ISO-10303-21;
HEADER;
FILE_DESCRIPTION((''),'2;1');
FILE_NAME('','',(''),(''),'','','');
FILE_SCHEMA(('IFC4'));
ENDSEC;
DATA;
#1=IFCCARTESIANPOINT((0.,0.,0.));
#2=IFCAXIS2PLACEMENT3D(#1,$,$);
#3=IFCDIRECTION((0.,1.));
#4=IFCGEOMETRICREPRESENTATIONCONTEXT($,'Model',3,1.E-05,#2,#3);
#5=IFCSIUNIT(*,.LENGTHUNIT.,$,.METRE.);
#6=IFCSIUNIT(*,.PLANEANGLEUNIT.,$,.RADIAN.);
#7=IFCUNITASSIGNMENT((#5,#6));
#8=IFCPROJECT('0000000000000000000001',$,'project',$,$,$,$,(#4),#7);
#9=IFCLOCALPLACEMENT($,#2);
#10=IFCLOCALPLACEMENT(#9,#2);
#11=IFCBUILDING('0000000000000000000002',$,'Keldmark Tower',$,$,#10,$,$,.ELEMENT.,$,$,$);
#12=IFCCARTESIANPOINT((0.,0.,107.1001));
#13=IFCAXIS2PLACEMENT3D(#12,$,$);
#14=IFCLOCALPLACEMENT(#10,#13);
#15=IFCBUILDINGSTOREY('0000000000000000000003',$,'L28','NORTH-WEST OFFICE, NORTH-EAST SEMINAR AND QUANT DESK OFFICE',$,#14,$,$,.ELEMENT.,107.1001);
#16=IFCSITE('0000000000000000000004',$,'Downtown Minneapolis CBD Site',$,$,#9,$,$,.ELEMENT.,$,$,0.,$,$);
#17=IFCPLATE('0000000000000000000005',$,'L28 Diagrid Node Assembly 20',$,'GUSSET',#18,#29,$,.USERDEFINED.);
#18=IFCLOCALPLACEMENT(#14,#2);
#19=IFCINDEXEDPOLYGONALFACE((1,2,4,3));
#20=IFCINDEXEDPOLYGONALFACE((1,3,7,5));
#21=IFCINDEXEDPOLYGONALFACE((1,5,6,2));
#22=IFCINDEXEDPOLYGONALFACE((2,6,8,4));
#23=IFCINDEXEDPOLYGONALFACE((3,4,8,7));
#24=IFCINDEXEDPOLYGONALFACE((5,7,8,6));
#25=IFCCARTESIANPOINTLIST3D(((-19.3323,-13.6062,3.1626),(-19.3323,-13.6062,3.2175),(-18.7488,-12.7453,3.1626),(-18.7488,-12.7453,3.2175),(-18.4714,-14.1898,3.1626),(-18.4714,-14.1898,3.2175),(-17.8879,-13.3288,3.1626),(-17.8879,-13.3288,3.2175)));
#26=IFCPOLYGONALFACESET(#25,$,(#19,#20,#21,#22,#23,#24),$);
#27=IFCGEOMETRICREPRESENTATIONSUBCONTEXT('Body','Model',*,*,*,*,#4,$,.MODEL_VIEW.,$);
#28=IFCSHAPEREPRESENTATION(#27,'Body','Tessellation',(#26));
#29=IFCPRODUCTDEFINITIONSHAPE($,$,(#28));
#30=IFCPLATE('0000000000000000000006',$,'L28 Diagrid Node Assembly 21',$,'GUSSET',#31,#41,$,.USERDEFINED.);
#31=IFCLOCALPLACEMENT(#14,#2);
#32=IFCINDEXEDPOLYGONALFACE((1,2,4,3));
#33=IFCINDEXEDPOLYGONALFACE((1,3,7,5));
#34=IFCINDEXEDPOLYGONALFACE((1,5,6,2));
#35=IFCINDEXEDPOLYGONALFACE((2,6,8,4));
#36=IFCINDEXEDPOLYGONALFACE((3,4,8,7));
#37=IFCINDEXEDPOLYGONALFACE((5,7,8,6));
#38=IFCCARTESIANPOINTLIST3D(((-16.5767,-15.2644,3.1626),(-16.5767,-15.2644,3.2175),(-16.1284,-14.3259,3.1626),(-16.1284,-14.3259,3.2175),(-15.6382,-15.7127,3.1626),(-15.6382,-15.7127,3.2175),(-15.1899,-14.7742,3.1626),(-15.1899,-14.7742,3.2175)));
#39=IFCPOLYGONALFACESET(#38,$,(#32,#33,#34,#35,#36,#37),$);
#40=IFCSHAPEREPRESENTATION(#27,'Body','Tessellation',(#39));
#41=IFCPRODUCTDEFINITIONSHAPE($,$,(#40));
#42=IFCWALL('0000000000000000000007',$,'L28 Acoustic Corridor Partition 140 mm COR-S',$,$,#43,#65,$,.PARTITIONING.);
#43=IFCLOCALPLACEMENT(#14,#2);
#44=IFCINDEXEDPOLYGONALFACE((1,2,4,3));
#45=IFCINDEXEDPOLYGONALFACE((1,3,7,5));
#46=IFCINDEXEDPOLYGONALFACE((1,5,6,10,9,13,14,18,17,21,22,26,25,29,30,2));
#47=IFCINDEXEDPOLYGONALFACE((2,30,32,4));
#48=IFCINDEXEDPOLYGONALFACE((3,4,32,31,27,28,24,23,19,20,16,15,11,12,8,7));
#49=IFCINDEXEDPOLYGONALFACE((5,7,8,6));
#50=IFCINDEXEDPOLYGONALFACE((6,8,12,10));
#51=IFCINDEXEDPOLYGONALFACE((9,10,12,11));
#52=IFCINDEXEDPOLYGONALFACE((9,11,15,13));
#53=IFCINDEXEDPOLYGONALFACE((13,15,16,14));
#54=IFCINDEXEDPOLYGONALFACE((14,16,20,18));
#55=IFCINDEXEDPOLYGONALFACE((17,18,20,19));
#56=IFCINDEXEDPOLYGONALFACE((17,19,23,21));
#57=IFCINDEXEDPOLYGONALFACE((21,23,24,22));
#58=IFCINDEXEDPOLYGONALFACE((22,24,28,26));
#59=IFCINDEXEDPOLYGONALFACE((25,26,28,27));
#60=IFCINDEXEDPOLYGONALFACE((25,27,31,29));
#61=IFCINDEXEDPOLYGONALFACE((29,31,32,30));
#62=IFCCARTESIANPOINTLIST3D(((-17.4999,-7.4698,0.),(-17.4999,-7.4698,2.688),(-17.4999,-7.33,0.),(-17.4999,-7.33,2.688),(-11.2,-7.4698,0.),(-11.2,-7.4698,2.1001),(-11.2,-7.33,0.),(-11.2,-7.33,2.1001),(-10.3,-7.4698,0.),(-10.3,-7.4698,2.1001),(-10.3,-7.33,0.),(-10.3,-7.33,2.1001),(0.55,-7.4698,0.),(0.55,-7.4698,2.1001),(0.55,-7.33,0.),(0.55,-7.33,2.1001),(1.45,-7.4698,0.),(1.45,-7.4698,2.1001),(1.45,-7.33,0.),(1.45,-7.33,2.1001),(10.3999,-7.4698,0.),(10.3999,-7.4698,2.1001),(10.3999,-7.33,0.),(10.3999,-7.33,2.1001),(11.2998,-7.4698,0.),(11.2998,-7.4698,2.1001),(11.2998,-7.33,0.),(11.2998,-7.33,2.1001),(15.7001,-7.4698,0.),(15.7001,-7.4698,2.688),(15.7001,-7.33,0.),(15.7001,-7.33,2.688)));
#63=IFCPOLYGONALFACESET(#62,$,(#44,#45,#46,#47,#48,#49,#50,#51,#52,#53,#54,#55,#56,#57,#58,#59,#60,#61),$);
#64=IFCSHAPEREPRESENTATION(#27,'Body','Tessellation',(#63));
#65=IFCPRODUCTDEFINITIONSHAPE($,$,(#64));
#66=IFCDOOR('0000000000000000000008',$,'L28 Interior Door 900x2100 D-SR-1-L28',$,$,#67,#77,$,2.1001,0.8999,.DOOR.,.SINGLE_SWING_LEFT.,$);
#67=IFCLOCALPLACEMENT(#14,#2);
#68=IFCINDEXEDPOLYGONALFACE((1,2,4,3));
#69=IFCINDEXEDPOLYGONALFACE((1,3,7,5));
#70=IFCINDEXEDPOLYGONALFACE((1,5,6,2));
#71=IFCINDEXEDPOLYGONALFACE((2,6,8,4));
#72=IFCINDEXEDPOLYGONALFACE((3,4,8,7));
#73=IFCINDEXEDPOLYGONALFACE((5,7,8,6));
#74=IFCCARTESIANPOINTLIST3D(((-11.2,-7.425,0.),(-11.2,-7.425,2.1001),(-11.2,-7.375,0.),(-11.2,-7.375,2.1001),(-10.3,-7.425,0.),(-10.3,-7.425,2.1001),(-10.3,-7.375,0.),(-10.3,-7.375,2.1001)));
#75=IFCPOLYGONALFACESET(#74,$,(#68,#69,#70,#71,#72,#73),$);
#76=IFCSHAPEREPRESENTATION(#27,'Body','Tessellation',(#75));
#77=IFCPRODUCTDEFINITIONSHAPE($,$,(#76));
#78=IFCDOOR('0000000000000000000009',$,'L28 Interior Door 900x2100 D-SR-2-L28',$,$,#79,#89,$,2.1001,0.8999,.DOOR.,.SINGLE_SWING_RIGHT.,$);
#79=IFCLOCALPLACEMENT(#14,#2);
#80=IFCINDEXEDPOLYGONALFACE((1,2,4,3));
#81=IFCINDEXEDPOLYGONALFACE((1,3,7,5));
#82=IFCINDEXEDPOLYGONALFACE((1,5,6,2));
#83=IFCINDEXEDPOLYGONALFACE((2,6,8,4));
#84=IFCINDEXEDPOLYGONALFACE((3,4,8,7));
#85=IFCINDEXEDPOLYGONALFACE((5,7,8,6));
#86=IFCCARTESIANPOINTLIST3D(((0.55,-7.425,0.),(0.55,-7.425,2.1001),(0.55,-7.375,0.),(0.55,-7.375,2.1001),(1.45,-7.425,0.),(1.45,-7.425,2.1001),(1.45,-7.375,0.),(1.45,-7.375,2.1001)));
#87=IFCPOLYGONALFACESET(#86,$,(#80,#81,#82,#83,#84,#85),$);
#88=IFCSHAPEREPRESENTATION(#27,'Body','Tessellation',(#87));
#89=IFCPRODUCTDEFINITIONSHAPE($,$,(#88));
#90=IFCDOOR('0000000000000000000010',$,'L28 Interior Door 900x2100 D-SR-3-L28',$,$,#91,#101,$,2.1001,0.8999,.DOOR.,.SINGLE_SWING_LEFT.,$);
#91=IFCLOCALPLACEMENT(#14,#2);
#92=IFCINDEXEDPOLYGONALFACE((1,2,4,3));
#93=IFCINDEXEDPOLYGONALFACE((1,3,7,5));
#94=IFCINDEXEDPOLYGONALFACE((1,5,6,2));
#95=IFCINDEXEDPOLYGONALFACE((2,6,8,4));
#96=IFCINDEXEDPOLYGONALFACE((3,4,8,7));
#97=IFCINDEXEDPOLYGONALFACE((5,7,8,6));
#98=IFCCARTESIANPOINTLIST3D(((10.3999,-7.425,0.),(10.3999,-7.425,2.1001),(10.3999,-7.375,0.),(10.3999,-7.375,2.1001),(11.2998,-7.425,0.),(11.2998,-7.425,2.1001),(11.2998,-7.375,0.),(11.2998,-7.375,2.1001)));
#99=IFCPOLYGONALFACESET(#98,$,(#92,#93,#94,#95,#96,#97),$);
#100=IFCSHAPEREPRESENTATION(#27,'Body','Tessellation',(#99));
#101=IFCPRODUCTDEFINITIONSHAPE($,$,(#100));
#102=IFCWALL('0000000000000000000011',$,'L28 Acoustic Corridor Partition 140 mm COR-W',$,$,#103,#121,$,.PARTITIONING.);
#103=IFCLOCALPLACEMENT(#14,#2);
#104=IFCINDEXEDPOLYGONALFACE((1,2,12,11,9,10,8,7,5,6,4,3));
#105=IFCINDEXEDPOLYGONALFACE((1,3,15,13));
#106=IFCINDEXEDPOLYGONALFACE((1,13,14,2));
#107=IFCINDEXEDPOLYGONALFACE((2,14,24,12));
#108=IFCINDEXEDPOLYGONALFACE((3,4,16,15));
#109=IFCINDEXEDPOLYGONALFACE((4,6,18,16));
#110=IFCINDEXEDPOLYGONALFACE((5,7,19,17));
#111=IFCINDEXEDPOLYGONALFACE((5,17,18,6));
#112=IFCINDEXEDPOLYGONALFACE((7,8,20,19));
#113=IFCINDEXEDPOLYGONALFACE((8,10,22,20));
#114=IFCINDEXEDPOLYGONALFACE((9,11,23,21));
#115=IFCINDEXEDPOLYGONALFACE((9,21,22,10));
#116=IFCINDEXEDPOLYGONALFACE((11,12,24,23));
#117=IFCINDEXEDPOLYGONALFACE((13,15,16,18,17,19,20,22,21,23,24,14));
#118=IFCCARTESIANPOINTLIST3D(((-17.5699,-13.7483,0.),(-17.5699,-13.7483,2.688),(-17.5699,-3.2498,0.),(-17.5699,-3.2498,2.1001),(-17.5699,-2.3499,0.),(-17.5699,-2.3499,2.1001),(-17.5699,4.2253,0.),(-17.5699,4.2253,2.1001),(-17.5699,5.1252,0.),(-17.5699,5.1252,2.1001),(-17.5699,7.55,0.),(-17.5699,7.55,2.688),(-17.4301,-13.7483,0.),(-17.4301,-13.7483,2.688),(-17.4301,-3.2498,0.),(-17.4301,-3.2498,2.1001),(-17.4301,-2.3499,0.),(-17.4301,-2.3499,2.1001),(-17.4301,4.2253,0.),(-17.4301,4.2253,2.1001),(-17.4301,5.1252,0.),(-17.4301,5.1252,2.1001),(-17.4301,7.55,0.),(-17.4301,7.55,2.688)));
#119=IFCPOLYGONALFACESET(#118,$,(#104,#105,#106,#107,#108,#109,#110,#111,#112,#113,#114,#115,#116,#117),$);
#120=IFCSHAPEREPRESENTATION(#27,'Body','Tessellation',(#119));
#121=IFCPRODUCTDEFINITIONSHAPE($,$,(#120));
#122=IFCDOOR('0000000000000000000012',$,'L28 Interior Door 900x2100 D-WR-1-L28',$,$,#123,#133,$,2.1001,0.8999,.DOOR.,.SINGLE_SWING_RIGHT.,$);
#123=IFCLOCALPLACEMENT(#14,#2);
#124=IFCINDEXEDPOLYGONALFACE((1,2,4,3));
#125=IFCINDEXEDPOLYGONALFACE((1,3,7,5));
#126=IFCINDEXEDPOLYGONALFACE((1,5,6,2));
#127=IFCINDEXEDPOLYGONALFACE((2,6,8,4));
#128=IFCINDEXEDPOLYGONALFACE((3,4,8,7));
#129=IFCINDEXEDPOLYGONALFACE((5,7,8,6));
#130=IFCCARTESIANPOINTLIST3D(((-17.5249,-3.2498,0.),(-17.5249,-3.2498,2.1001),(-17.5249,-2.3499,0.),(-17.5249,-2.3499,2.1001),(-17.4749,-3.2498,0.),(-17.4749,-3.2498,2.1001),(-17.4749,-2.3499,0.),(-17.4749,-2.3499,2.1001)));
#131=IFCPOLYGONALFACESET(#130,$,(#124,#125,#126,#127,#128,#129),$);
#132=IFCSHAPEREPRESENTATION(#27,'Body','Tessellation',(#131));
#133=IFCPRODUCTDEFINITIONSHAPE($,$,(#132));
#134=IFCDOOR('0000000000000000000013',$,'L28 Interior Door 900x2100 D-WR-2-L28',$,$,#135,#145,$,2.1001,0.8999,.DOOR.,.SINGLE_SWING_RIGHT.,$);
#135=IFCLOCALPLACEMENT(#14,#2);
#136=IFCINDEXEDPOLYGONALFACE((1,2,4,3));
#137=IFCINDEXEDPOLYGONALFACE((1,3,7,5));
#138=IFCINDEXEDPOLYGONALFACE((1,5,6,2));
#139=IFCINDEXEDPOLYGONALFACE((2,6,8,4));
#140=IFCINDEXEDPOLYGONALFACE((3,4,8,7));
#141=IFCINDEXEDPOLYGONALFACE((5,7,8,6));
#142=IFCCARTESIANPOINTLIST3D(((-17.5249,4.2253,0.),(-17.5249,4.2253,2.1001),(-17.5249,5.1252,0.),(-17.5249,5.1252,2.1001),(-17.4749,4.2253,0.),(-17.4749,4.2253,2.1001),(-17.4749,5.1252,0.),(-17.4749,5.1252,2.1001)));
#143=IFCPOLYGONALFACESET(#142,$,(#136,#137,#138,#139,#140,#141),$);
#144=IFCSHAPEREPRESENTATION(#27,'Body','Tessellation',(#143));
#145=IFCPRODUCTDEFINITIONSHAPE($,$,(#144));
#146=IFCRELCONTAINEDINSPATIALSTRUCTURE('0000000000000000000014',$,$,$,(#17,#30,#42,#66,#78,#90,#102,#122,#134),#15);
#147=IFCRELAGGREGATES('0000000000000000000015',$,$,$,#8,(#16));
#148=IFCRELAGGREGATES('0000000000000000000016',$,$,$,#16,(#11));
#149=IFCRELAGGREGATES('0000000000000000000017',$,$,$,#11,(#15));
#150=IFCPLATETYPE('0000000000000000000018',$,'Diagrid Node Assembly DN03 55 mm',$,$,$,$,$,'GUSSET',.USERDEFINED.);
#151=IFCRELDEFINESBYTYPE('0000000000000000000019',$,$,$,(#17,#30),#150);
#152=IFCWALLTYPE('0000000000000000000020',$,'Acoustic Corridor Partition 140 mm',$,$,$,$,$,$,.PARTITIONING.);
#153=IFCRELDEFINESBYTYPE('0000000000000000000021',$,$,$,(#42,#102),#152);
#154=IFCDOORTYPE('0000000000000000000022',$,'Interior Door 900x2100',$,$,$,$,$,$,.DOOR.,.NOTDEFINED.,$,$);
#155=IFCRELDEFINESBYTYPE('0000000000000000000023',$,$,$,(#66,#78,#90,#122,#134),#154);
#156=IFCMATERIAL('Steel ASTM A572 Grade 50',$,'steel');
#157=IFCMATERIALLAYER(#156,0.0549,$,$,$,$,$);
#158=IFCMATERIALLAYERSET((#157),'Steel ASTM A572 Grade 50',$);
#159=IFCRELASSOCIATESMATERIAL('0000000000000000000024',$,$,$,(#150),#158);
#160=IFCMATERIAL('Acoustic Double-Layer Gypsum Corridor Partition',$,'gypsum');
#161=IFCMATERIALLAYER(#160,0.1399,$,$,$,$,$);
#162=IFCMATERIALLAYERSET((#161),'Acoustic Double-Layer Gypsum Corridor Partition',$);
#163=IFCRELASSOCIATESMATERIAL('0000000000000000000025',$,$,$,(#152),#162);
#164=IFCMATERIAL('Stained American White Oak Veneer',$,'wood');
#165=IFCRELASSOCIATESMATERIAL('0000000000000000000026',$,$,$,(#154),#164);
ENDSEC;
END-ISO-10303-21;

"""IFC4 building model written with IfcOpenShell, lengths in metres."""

from ifc_helpers import new_model, si_unit, direction, frame, frame_2d, origin, origin_2d, place, context, subcontext, project, spatial, rectangle, extrude, material, layer, layer_set, type_object, element, fill, save


model = new_model("IFC4")

# Units and contexts
model_context = context("Model", 3, precision=1e-05, world=origin(), true_north=direction((0.0, 1.0)))
body_context = subcontext(model_context, "Body", "Model", "MODEL_VIEW")
ifc_project = project(units=[si_unit("LENGTHUNIT", "METRE"), si_unit("PLANEANGLEUNIT", "RADIAN")], contexts=[model_context])

# Site, building, storey
site_placement = place(None, origin())
site = spatial("IfcSite", under=ifc_project, at=site_placement, Name="Downtown Minneapolis CBD Site", CompositionType="ELEMENT", RefElevation=0.0)
building_placement = place(site_placement, origin())
building = spatial("IfcBuilding", under=site, at=building_placement, Name="Keldmark Tower", CompositionType="ELEMENT")
storey_placement = place(building_placement, frame((0.0, 0.0, 107.1001)))
storey = spatial("IfcBuildingStorey", under=building, at=storey_placement, Name="L28", Description="NORTH-WEST OFFICE, NORTH-EAST SEMINAR AND QUANT DESK OFFICE", CompositionType="ELEMENT", Elevation=107.1001)

# Plates
ifc_material_1 = material(Name="Steel ASTM A572 Grade 50", Category="steel")
ifc_layer_1 = layer(ifc_material_1, 0.0549)
ifc_layer_set_1 = layer_set([ifc_layer_1], Name="Steel ASTM A572 Grade 50")
plate_type = type_object("IfcPlateType", Name="Diagrid Node Assembly DN03 55 mm", ElementType="GUSSET", PredefinedType="USERDEFINED", material=ifc_layer_set_1)
for number, where, z_axis, x_axis, name in (
    (1, (-18.6101, -13.4675, 3.1626), (0.0, 0.0, 1.0), (0.827767, -0.561072, 0.0), "L28 Diagrid Node Assembly 20"),
    (2, (-15.8833, -15.0193, 3.1626), (0.0, 0.0, 1.0), (0.90236, -0.430984, 0.0), "L28 Diagrid Node Assembly 21"),
):
    element("IfcPlate", number, at=place(storey_placement, frame(where, z_axis=z_axis, x_axis=x_axis)), inside=storey, type_object=plate_type, Name=name, ObjectType="GUSSET", PredefinedType="USERDEFINED", context=body_context, shape_type="SweptSolid", body=[
        extrude(rectangle(XDim=1.04, YDim=1.04, at=origin_2d()), origin(), (0.0, 0.0, 1.0), 0.0549),
    ])

# Walls, openings, doors
ifc_material_2 = material(Name="Acoustic Double-Layer Gypsum Corridor Partition", Category="gypsum")
ifc_layer_2 = layer(ifc_material_2, 0.1399)
ifc_layer_set_2 = layer_set([ifc_layer_2], Name="Acoustic Double-Layer Gypsum Corridor Partition")
wall_type_1 = type_object("IfcWallType", Name="Acoustic Corridor Partition 140 mm", PredefinedType="PARTITIONING", material=ifc_layer_set_2)
wall_1_placement = place(storey_placement, frame((-17.5, -7.3999, 0.0), z_axis=(0.0, 0.0, 1.0), x_axis=(1.0, 0.0, 0.0)))
wall_1 = element("IfcWall", 3, at=wall_1_placement, inside=storey, type_object=wall_type_1, Name="L28 Acoustic Corridor Partition 140 mm COR-S", PredefinedType="PARTITIONING", context=body_context, shape_type="SweptSolid", body=[
    extrude(rectangle(XDim=33.2, YDim=0.1399, at=frame_2d((16.6001, 0.0))), origin(), (0.0, 0.0, 1.0), 2.688),
])
opening_1_placement = place(wall_1_placement, frame((6.3, 0.0, 0.0)))
opening_1 = element("IfcOpeningElement", 4, at=opening_1_placement, cuts=wall_1, PredefinedType="OPENING", context=body_context, shape_type="SweptSolid", body=[
    extrude(rectangle(XDim=0.8999, YDim=2.1001, at=frame_2d((0.45, 1.05))), frame((0.0, 0.0798, 0.0), z_axis=(0.0, -1.0, 0.0), x_axis=(1.0, 0.0, 0.0)), (0.0, 0.0, 1.0), 0.1599),
])
opening_2_placement = place(wall_1_placement, frame((18.05, 0.0, 0.0)))
opening_2 = element("IfcOpeningElement", 5, at=opening_2_placement, cuts=wall_1, PredefinedType="OPENING", context=body_context, shape_type="SweptSolid", body=[
    extrude(rectangle(XDim=0.8999, YDim=2.1001, at=frame_2d((0.45, 1.05))), frame((0.0, 0.0798, 0.0), z_axis=(0.0, -1.0, 0.0), x_axis=(1.0, 0.0, 0.0)), (0.0, 0.0, 1.0), 0.1599),
])
opening_3_placement = place(wall_1_placement, frame((27.8999, 0.0, 0.0)))
opening_3 = element("IfcOpeningElement", 6, at=opening_3_placement, cuts=wall_1, PredefinedType="OPENING", context=body_context, shape_type="SweptSolid", body=[
    extrude(rectangle(XDim=0.8999, YDim=2.1001, at=frame_2d((0.45, 1.05))), frame((0.0, 0.0798, 0.0), z_axis=(0.0, -1.0, 0.0), x_axis=(1.0, 0.0, 0.0)), (0.0, 0.0, 1.0), 0.1599),
])
ifc_material_3 = material(Name="Stained American White Oak Veneer", Category="wood")
door_type = type_object("IfcDoorType", Name="Interior Door 900x2100", OperationType="NOTDEFINED", PredefinedType="DOOR", material=ifc_material_3)
door_1_placement = place(opening_1_placement, origin())
door_1 = element("IfcDoor", 7, at=door_1_placement, inside=storey, type_object=door_type, Name="L28 Interior Door 900x2100 D-SR-1-L28", OperationType="SINGLE_SWING_LEFT", OverallHeight=2.1001, OverallWidth=0.8999, PredefinedType="DOOR", context=body_context, shape_type="SweptSolid", body=[
    extrude(rectangle(XDim=0.8999, YDim=2.1001, at=frame_2d((0.45, 1.05))), frame((0.0, 0.0249, 0.0), z_axis=(0.0, -1.0, 0.0), x_axis=(1.0, 0.0, 0.0)), (0.0, 0.0, 1.0), 0.05),
])
fill(opening_1, door_1)
door_2_placement = place(opening_2_placement, origin())
door_2 = element("IfcDoor", 8, at=door_2_placement, inside=storey, type_object=door_type, Name="L28 Interior Door 900x2100 D-SR-2-L28", OperationType="SINGLE_SWING_RIGHT", OverallHeight=2.1001, OverallWidth=0.8999, PredefinedType="DOOR", context=body_context, shape_type="SweptSolid", body=[
    extrude(rectangle(XDim=0.8999, YDim=2.1001, at=frame_2d((0.45, 1.05))), frame((0.0, 0.0249, 0.0), z_axis=(0.0, -1.0, 0.0), x_axis=(1.0, 0.0, 0.0)), (0.0, 0.0, 1.0), 0.05),
])
fill(opening_2, door_2)
door_3_placement = place(opening_3_placement, origin())
door_3 = element("IfcDoor", 9, at=door_3_placement, inside=storey, type_object=door_type, Name="L28 Interior Door 900x2100 D-SR-3-L28", OperationType="SINGLE_SWING_LEFT", OverallHeight=2.1001, OverallWidth=0.8999, PredefinedType="DOOR", context=body_context, shape_type="SweptSolid", body=[
    extrude(rectangle(XDim=0.8999, YDim=2.1001, at=frame_2d((0.45, 1.05))), frame((0.0, 0.0249, 0.0), z_axis=(0.0, -1.0, 0.0), x_axis=(1.0, 0.0, 0.0)), (0.0, 0.0, 1.0), 0.05),
])
fill(opening_3, door_3)
wall_2_placement = place(storey_placement, frame((-17.5, -13.7483, 0.0), z_axis=(0.0, 0.0, 1.0), x_axis=(0.0, 1.0, 0.0)))
wall_2 = element("IfcWall", 10, at=wall_2_placement, inside=storey, type_object=wall_type_1, Name="L28 Acoustic Corridor Partition 140 mm COR-W", PredefinedType="PARTITIONING", context=body_context, shape_type="SweptSolid", body=[
    extrude(rectangle(XDim=21.2983, YDim=0.1399, at=frame_2d((10.6492, 0.0))), origin(), (0.0, 0.0, 1.0), 2.688),
])
opening_4_placement = place(wall_2_placement, frame((10.4985, 0.0, 0.0)))
opening_4 = element("IfcOpeningElement", 11, at=opening_4_placement, cuts=wall_2, PredefinedType="OPENING", context=body_context, shape_type="SweptSolid", body=[
    extrude(rectangle(XDim=0.8999, YDim=2.1001, at=frame_2d((0.45, 1.05))), frame((0.0, 0.0798, 0.0), z_axis=(0.0, -1.0, 0.0), x_axis=(1.0, 0.0, 0.0)), (0.0, 0.0, 1.0), 0.1599),
])
opening_5_placement = place(wall_2_placement, frame((17.9736, 0.0, 0.0)))
opening_5 = element("IfcOpeningElement", 12, at=opening_5_placement, cuts=wall_2, PredefinedType="OPENING", context=body_context, shape_type="SweptSolid", body=[
    extrude(rectangle(XDim=0.8999, YDim=2.1001, at=frame_2d((0.45, 1.05))), frame((0.0, 0.0798, 0.0), z_axis=(0.0, -1.0, 0.0), x_axis=(1.0, 0.0, 0.0)), (0.0, 0.0, 1.0), 0.1599),
])
door_4_placement = place(opening_4_placement, origin())
door_4 = element("IfcDoor", 13, at=door_4_placement, inside=storey, type_object=door_type, Name="L28 Interior Door 900x2100 D-WR-1-L28", OperationType="SINGLE_SWING_RIGHT", OverallHeight=2.1001, OverallWidth=0.8999, PredefinedType="DOOR", context=body_context, shape_type="SweptSolid", body=[
    extrude(rectangle(XDim=0.8999, YDim=2.1001, at=frame_2d((0.45, 1.05))), frame((0.0, 0.0249, 0.0), z_axis=(0.0, -1.0, 0.0), x_axis=(1.0, 0.0, 0.0)), (0.0, 0.0, 1.0), 0.05),
])
fill(opening_4, door_4)
door_5_placement = place(opening_5_placement, origin())
door_5 = element("IfcDoor", 14, at=door_5_placement, inside=storey, type_object=door_type, Name="L28 Interior Door 900x2100 D-WR-2-L28", OperationType="SINGLE_SWING_RIGHT", OverallHeight=2.1001, OverallWidth=0.8999, PredefinedType="DOOR", context=body_context, shape_type="SweptSolid", body=[
    extrude(rectangle(XDim=0.8999, YDim=2.1001, at=frame_2d((0.45, 1.05))), frame((0.0, 0.0249, 0.0), z_axis=(0.0, -1.0, 0.0), x_axis=(1.0, 0.0, 0.0)), (0.0, 0.0, 1.0), 0.05),
])
fill(opening_5, door_5)

save(model, "model.ifc")
